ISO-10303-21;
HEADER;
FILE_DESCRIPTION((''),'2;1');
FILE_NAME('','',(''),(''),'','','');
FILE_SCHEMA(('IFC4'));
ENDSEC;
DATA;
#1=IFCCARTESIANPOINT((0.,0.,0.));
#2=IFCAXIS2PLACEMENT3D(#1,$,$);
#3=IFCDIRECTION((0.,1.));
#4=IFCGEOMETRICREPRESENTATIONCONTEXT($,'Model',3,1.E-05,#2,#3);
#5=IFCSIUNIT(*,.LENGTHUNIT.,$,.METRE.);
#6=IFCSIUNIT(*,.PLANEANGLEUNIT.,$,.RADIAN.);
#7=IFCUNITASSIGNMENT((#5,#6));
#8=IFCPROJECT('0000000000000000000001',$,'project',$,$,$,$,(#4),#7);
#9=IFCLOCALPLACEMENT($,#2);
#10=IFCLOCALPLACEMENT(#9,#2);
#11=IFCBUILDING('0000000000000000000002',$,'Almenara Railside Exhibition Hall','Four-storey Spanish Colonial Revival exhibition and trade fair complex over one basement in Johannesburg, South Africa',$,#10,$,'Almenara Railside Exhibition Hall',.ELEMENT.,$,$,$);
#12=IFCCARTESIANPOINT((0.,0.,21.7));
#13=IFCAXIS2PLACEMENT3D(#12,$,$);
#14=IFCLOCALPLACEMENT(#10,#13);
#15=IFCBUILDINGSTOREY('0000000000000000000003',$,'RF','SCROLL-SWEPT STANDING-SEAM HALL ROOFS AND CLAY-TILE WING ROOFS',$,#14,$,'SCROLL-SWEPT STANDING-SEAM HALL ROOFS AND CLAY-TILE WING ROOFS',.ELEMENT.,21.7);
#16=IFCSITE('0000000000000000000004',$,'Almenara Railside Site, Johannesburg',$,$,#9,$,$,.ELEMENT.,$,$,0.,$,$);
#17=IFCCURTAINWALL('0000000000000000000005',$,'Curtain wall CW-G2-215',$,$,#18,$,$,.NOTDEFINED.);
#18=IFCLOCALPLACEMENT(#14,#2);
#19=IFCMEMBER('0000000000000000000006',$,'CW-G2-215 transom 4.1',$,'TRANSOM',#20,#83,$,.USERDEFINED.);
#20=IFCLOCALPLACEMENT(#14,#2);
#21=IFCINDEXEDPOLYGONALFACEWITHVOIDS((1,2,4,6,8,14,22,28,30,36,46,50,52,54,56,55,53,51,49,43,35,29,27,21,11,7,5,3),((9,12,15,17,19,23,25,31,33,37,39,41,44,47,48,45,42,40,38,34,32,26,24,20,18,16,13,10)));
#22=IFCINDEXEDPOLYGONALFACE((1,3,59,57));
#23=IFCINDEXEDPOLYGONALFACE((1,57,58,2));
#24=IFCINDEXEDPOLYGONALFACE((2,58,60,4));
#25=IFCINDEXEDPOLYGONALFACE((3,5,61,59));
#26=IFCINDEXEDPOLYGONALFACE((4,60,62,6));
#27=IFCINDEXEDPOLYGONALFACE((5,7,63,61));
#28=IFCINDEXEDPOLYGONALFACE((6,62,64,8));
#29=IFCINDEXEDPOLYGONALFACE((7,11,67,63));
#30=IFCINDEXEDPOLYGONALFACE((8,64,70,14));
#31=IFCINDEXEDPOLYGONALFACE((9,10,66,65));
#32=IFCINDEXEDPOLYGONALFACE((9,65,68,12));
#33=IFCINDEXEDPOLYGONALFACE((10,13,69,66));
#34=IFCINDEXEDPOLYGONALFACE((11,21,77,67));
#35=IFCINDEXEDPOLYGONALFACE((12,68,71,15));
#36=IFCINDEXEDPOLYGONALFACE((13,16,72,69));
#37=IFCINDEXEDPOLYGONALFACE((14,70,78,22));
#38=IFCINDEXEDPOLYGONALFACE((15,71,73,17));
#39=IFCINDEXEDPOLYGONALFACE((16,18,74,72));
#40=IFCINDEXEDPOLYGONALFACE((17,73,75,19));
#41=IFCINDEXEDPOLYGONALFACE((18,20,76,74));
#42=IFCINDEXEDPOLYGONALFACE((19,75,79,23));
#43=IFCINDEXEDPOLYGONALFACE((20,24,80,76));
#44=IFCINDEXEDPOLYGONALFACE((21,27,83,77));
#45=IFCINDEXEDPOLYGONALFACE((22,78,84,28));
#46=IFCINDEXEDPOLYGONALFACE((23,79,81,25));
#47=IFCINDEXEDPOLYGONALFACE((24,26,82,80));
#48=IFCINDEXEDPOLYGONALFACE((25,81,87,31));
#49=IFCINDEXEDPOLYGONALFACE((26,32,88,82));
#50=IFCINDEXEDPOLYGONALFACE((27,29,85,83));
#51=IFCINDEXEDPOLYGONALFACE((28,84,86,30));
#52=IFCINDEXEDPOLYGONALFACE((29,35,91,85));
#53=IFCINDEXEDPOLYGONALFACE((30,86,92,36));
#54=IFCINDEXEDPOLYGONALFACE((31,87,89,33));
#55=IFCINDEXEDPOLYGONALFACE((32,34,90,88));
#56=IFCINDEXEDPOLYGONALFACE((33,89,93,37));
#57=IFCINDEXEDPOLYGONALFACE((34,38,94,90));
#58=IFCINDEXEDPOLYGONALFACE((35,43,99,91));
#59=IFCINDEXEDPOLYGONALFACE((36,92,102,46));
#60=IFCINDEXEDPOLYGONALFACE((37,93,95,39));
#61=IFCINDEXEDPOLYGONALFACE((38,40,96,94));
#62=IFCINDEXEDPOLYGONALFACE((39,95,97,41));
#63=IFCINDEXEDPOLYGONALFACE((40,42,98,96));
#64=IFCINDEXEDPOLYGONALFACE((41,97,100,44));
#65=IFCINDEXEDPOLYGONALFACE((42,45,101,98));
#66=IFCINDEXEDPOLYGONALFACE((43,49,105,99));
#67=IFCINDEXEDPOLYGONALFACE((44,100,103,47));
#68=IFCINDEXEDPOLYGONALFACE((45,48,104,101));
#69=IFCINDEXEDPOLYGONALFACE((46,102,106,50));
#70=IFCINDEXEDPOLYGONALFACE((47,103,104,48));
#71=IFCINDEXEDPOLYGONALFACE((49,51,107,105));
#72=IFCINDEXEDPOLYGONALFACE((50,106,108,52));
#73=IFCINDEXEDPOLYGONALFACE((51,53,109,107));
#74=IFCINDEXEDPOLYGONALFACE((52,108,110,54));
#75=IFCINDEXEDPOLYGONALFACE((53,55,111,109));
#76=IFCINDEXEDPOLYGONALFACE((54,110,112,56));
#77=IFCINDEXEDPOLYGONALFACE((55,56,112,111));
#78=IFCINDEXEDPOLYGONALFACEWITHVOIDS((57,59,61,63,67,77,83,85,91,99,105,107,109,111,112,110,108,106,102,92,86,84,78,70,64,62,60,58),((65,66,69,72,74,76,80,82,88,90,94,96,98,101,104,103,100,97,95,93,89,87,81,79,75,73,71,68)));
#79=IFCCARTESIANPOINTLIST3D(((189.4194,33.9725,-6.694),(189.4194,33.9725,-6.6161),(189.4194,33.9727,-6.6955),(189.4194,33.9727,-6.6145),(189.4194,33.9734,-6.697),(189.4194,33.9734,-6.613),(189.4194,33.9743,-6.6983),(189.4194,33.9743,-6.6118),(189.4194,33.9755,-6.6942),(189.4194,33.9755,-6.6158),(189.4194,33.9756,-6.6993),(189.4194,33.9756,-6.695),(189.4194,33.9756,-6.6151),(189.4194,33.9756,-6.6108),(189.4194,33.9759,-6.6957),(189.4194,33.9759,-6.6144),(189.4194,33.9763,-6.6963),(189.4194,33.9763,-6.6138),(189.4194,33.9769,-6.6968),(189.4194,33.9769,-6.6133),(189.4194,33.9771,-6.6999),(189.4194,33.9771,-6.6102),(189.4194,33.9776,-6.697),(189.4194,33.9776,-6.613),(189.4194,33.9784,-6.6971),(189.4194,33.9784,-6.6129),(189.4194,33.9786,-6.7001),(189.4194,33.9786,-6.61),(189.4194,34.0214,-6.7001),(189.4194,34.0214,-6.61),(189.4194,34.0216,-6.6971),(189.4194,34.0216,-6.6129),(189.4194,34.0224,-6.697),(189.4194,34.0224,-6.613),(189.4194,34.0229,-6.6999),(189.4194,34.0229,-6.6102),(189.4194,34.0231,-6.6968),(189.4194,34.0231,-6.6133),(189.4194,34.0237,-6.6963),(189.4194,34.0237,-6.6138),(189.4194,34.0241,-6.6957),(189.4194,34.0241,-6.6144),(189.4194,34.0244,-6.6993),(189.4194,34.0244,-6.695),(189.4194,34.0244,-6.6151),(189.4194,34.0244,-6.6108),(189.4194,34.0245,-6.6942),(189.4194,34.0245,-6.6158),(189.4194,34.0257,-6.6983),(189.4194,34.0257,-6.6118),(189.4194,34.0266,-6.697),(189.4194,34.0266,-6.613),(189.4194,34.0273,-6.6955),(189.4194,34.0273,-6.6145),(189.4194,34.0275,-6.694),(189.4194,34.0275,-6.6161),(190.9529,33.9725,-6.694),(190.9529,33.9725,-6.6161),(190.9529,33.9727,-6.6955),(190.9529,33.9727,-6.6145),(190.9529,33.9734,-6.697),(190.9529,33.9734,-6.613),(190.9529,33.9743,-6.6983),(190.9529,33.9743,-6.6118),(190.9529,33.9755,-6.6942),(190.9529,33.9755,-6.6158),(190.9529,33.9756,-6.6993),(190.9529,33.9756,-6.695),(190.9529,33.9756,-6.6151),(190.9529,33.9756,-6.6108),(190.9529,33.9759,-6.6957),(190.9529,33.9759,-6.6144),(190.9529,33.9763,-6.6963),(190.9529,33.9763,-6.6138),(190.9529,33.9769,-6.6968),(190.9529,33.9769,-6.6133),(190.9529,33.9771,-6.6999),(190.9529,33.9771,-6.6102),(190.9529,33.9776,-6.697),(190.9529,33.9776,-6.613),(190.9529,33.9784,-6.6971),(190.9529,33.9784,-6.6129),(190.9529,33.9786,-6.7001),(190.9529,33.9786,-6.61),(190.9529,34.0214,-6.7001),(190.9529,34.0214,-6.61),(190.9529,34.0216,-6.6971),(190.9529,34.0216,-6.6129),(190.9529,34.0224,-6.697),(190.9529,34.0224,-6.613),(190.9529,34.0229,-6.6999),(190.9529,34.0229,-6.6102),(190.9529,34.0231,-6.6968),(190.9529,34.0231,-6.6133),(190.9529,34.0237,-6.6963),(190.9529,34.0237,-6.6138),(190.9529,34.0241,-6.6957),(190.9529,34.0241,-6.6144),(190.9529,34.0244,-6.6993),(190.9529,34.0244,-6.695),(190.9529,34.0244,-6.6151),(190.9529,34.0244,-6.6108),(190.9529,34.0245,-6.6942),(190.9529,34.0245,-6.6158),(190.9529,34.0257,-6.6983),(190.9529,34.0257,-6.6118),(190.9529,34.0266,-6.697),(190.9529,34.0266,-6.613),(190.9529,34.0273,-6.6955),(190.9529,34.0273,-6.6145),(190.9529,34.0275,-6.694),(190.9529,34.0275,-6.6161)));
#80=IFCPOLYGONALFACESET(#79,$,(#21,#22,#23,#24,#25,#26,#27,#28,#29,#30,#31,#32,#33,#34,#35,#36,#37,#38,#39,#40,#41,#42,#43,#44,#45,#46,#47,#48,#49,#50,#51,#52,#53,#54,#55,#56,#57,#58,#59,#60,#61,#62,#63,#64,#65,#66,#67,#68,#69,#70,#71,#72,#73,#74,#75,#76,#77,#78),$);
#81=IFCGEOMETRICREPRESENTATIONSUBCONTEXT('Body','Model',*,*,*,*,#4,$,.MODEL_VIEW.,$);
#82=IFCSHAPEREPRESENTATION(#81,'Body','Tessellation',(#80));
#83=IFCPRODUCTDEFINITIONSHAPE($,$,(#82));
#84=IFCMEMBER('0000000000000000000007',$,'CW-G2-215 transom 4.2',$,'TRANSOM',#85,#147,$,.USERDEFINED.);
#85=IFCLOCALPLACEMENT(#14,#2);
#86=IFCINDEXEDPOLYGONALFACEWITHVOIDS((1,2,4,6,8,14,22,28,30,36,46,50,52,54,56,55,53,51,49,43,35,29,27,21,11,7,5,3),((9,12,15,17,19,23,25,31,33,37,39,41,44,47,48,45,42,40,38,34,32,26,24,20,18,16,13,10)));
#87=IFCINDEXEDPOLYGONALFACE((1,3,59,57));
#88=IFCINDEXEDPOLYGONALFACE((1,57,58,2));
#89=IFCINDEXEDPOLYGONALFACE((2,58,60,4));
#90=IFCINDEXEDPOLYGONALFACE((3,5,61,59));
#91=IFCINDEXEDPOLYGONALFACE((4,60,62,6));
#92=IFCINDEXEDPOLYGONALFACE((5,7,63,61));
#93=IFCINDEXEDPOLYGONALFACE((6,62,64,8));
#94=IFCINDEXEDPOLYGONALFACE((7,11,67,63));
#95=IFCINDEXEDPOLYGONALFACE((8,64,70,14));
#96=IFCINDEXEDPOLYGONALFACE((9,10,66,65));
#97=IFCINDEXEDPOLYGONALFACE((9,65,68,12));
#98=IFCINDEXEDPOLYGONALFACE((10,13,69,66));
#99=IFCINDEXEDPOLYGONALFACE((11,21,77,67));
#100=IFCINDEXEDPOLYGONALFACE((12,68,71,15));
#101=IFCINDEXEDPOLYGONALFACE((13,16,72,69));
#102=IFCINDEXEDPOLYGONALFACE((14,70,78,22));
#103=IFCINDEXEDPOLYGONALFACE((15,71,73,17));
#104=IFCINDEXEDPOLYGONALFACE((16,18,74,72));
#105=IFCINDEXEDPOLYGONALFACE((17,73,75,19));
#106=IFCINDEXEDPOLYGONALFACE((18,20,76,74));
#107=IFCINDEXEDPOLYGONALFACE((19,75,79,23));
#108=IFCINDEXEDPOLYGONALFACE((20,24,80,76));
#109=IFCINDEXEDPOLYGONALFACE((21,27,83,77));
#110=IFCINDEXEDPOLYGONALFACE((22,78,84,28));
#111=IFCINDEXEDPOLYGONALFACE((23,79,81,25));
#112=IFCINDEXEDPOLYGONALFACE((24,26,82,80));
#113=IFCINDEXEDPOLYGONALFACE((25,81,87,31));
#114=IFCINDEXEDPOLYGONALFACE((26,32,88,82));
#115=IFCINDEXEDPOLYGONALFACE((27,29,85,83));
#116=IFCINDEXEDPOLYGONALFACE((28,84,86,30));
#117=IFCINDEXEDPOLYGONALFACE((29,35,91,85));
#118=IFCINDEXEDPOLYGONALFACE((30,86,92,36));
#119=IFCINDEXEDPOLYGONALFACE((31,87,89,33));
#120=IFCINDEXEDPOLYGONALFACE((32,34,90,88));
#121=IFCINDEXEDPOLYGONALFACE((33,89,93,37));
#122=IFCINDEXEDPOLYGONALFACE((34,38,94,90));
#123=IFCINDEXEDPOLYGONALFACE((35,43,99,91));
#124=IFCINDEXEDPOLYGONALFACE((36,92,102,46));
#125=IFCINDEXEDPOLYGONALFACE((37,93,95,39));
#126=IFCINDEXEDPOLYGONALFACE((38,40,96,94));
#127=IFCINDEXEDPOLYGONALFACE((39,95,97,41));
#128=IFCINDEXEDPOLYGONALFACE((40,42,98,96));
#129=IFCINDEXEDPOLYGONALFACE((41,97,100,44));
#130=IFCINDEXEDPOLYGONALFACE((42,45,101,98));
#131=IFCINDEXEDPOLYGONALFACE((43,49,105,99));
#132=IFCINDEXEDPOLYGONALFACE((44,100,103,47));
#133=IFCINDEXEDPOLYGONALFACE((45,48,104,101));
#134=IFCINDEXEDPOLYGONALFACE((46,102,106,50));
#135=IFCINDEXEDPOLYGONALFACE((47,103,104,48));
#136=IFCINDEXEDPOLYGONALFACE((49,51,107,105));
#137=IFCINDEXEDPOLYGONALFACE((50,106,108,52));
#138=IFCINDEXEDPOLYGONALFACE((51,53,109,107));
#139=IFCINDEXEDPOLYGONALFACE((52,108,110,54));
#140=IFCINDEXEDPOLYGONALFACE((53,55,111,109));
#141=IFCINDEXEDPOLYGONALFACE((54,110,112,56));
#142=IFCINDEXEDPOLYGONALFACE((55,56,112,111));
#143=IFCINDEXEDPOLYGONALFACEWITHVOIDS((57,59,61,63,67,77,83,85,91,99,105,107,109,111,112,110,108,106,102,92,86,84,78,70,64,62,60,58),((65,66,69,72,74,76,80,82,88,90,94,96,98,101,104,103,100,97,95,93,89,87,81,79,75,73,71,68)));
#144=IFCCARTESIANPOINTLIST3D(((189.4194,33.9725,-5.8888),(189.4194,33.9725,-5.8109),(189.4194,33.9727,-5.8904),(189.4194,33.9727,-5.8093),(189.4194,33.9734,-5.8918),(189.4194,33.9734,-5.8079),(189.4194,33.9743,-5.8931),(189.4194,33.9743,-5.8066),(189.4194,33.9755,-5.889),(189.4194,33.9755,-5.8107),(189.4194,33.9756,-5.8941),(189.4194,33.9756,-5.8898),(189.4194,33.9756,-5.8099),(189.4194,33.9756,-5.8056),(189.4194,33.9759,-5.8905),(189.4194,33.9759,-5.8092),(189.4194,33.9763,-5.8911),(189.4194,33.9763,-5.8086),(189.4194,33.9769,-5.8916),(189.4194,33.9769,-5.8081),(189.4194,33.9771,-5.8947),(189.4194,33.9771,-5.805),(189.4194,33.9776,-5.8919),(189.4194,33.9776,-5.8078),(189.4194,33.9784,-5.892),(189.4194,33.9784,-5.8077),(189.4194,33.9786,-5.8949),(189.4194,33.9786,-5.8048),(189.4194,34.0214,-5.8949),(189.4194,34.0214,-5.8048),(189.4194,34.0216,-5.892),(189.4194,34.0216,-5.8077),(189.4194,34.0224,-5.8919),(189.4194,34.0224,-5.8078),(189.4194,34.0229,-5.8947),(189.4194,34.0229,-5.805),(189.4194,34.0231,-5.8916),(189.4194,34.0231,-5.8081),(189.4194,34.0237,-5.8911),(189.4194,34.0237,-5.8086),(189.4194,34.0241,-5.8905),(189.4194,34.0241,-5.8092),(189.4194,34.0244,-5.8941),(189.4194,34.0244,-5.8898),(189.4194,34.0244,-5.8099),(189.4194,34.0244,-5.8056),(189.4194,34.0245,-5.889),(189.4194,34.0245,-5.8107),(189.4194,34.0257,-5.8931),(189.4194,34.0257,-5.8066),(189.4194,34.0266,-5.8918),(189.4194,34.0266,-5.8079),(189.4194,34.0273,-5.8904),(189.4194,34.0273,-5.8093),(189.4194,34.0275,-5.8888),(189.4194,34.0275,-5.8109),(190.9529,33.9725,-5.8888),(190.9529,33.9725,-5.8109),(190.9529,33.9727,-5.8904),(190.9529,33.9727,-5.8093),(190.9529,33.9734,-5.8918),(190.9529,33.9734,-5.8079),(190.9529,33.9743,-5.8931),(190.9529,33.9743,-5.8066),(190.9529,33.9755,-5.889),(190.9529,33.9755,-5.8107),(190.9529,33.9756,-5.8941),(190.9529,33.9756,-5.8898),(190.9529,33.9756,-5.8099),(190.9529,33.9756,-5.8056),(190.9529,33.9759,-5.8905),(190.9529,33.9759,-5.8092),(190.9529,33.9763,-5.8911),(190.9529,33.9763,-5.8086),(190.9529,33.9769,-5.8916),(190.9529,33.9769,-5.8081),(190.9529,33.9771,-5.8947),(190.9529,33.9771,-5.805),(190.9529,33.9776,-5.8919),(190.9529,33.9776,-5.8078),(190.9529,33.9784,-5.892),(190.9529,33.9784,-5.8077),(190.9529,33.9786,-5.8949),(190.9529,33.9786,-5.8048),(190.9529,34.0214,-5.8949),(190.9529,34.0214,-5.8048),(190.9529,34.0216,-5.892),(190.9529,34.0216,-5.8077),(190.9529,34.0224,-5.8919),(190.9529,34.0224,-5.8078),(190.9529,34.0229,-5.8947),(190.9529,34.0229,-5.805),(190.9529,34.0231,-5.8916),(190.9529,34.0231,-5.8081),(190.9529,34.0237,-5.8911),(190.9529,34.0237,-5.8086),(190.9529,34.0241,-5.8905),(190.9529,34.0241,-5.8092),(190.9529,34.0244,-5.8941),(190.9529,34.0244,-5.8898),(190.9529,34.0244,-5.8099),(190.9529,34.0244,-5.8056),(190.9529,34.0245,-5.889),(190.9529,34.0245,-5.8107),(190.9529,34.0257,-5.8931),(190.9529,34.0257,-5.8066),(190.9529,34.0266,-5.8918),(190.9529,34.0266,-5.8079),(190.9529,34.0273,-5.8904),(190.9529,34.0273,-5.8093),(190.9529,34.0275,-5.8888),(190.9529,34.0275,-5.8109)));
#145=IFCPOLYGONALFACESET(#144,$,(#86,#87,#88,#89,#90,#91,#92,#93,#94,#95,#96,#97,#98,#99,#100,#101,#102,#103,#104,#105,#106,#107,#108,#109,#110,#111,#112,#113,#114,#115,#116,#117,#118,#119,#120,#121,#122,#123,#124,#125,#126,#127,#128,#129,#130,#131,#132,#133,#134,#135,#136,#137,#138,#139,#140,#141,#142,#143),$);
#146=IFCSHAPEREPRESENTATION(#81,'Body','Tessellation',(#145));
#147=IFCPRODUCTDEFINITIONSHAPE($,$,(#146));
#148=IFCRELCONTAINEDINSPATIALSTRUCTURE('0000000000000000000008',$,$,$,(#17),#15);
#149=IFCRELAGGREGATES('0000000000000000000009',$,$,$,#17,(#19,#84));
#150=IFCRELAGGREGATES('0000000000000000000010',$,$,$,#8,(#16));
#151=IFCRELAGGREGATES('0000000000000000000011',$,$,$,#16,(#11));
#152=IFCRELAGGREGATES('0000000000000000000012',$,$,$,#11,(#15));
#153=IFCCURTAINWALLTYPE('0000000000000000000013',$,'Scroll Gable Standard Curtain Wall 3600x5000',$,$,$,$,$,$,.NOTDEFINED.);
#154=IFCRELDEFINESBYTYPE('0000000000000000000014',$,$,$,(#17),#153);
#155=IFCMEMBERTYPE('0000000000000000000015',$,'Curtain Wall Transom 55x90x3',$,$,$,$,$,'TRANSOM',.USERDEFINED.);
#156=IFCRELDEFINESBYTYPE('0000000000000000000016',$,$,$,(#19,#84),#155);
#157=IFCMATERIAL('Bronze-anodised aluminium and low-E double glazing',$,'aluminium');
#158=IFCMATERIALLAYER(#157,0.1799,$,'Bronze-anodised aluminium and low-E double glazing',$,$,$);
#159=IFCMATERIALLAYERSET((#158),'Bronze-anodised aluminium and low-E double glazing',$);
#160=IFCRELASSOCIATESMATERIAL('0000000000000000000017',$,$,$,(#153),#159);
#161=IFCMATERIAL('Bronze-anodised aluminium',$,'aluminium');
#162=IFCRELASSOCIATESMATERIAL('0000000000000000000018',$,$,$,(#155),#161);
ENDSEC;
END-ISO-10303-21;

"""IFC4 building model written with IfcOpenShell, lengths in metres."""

from ifc_helpers import new_model, si_unit, direction, frame, origin, origin_2d, place, context, subcontext, project, spatial, hollow_rectangle, extrude, material, layer, layer_set, material_profile, profile_set, type_object, element, aggregate, save


model = new_model("IFC4")

# Units and contexts
model_context = context("Model", 3, precision=1e-05, world=origin(), true_north=direction((0.0, 1.0)))
body_context = subcontext(model_context, "Body", "Model", "MODEL_VIEW")
ifc_project = project(units=[si_unit("LENGTHUNIT", "METRE"), si_unit("PLANEANGLEUNIT", "RADIAN")], contexts=[model_context])

# Site, building, storey
site_placement = place(None, origin())
site = spatial("IfcSite", under=ifc_project, at=site_placement, Name="Almenara Railside Site, Johannesburg", CompositionType="ELEMENT", RefElevation=0.0)
building_placement = place(site_placement, origin())
building = spatial("IfcBuilding", under=site, at=building_placement, Name="Almenara Railside Exhibition Hall", Description="Four-storey Spanish Colonial Revival exhibition and trade fair complex over one basement in Johannesburg, South Africa", LongName="Almenara Railside Exhibition Hall", CompositionType="ELEMENT")
storey_placement = place(building_placement, frame((0.0, 0.0, 21.7)))
storey = spatial("IfcBuildingStorey", under=building, at=storey_placement, Name="RF", Description="SCROLL-SWEPT STANDING-SEAM HALL ROOFS AND CLAY-TILE WING ROOFS", LongName="SCROLL-SWEPT STANDING-SEAM HALL ROOFS AND CLAY-TILE WING ROOFS", CompositionType="ELEMENT", Elevation=21.7)

# Curtain wall, members
ifc_material_1 = material(Name="Bronze-anodised aluminium and low-E double glazing", Category="aluminium")
ifc_layer_1 = layer(ifc_material_1, 0.1799, Name="Bronze-anodised aluminium and low-E double glazing")
ifc_layer_set_1 = layer_set([ifc_layer_1], Name="Bronze-anodised aluminium and low-E double glazing")
curtain_wall_type = type_object("IfcCurtainWallType", Name="Scroll Gable Standard Curtain Wall 3600x5000", PredefinedType="NOTDEFINED", material=ifc_layer_set_1)
curtain_wall_placement = place(storey_placement, origin())
curtain_wall = element("IfcCurtainWall", 1, at=curtain_wall_placement, inside=storey, type_object=curtain_wall_type, Name="Curtain wall CW-G2-215", PredefinedType="NOTDEFINED")
ifc_material_2 = material(Name="Bronze-anodised aluminium", Category="aluminium")
ifc_material_profile_1 = material_profile(ifc_material_2, hollow_rectangle(XDim=0.0549, YDim=0.0901, WallThickness=0.0029, InnerFilletRadius=0.0029, OuterFilletRadius=0.0061, at=origin_2d()), Name="ALU-TRN 55x90x3")
ifc_profile_set_1 = profile_set([ifc_material_profile_1], Name="Bronze-anodised aluminium")
member_type_1 = type_object("IfcMemberType", Name="Curtain Wall Transom 55x90x3", ElementType="TRANSOM", PredefinedType="USERDEFINED", material=ifc_profile_set_1)
member_1_placement = place(storey_placement, frame((189.4194, 34.0, -6.655), z_axis=(1.0, 0.0, 0.0), x_axis=(0.0, 1.0, 0.0)))
member_1 = element("IfcMember", 2, at=member_1_placement, type_object=member_type_1, Name="CW-G2-215 transom 4.1", ObjectType="TRANSOM", PredefinedType="USERDEFINED", context=body_context, shape_type="SweptSolid", body=[
    extrude(hollow_rectangle(XDim=0.0549, YDim=0.0901, WallThickness=0.0029, InnerFilletRadius=0.0029, OuterFilletRadius=0.0061, at=origin_2d()), origin(), (0.0, 0.0, 1.0), 1.5334),
])
member_2_placement = place(storey_placement, frame((189.4194, 34.0, -5.8499), z_axis=(1.0, 0.0, 0.0), x_axis=(0.0, 1.0, 0.0)))
member_2 = element("IfcMember", 3, at=member_2_placement, type_object=member_type_1, Name="CW-G2-215 transom 4.2", ObjectType="TRANSOM", PredefinedType="USERDEFINED", context=body_context, shape_type="SweptSolid", body=[
    extrude(hollow_rectangle(XDim=0.0549, YDim=0.0901, WallThickness=0.0029, InnerFilletRadius=0.0029, OuterFilletRadius=0.0061, at=origin_2d()), origin(), (0.0, 0.0, 1.0), 1.5334),
])

aggregate(curtain_wall, [member_1, member_2])

save(model, "model.ifc")
